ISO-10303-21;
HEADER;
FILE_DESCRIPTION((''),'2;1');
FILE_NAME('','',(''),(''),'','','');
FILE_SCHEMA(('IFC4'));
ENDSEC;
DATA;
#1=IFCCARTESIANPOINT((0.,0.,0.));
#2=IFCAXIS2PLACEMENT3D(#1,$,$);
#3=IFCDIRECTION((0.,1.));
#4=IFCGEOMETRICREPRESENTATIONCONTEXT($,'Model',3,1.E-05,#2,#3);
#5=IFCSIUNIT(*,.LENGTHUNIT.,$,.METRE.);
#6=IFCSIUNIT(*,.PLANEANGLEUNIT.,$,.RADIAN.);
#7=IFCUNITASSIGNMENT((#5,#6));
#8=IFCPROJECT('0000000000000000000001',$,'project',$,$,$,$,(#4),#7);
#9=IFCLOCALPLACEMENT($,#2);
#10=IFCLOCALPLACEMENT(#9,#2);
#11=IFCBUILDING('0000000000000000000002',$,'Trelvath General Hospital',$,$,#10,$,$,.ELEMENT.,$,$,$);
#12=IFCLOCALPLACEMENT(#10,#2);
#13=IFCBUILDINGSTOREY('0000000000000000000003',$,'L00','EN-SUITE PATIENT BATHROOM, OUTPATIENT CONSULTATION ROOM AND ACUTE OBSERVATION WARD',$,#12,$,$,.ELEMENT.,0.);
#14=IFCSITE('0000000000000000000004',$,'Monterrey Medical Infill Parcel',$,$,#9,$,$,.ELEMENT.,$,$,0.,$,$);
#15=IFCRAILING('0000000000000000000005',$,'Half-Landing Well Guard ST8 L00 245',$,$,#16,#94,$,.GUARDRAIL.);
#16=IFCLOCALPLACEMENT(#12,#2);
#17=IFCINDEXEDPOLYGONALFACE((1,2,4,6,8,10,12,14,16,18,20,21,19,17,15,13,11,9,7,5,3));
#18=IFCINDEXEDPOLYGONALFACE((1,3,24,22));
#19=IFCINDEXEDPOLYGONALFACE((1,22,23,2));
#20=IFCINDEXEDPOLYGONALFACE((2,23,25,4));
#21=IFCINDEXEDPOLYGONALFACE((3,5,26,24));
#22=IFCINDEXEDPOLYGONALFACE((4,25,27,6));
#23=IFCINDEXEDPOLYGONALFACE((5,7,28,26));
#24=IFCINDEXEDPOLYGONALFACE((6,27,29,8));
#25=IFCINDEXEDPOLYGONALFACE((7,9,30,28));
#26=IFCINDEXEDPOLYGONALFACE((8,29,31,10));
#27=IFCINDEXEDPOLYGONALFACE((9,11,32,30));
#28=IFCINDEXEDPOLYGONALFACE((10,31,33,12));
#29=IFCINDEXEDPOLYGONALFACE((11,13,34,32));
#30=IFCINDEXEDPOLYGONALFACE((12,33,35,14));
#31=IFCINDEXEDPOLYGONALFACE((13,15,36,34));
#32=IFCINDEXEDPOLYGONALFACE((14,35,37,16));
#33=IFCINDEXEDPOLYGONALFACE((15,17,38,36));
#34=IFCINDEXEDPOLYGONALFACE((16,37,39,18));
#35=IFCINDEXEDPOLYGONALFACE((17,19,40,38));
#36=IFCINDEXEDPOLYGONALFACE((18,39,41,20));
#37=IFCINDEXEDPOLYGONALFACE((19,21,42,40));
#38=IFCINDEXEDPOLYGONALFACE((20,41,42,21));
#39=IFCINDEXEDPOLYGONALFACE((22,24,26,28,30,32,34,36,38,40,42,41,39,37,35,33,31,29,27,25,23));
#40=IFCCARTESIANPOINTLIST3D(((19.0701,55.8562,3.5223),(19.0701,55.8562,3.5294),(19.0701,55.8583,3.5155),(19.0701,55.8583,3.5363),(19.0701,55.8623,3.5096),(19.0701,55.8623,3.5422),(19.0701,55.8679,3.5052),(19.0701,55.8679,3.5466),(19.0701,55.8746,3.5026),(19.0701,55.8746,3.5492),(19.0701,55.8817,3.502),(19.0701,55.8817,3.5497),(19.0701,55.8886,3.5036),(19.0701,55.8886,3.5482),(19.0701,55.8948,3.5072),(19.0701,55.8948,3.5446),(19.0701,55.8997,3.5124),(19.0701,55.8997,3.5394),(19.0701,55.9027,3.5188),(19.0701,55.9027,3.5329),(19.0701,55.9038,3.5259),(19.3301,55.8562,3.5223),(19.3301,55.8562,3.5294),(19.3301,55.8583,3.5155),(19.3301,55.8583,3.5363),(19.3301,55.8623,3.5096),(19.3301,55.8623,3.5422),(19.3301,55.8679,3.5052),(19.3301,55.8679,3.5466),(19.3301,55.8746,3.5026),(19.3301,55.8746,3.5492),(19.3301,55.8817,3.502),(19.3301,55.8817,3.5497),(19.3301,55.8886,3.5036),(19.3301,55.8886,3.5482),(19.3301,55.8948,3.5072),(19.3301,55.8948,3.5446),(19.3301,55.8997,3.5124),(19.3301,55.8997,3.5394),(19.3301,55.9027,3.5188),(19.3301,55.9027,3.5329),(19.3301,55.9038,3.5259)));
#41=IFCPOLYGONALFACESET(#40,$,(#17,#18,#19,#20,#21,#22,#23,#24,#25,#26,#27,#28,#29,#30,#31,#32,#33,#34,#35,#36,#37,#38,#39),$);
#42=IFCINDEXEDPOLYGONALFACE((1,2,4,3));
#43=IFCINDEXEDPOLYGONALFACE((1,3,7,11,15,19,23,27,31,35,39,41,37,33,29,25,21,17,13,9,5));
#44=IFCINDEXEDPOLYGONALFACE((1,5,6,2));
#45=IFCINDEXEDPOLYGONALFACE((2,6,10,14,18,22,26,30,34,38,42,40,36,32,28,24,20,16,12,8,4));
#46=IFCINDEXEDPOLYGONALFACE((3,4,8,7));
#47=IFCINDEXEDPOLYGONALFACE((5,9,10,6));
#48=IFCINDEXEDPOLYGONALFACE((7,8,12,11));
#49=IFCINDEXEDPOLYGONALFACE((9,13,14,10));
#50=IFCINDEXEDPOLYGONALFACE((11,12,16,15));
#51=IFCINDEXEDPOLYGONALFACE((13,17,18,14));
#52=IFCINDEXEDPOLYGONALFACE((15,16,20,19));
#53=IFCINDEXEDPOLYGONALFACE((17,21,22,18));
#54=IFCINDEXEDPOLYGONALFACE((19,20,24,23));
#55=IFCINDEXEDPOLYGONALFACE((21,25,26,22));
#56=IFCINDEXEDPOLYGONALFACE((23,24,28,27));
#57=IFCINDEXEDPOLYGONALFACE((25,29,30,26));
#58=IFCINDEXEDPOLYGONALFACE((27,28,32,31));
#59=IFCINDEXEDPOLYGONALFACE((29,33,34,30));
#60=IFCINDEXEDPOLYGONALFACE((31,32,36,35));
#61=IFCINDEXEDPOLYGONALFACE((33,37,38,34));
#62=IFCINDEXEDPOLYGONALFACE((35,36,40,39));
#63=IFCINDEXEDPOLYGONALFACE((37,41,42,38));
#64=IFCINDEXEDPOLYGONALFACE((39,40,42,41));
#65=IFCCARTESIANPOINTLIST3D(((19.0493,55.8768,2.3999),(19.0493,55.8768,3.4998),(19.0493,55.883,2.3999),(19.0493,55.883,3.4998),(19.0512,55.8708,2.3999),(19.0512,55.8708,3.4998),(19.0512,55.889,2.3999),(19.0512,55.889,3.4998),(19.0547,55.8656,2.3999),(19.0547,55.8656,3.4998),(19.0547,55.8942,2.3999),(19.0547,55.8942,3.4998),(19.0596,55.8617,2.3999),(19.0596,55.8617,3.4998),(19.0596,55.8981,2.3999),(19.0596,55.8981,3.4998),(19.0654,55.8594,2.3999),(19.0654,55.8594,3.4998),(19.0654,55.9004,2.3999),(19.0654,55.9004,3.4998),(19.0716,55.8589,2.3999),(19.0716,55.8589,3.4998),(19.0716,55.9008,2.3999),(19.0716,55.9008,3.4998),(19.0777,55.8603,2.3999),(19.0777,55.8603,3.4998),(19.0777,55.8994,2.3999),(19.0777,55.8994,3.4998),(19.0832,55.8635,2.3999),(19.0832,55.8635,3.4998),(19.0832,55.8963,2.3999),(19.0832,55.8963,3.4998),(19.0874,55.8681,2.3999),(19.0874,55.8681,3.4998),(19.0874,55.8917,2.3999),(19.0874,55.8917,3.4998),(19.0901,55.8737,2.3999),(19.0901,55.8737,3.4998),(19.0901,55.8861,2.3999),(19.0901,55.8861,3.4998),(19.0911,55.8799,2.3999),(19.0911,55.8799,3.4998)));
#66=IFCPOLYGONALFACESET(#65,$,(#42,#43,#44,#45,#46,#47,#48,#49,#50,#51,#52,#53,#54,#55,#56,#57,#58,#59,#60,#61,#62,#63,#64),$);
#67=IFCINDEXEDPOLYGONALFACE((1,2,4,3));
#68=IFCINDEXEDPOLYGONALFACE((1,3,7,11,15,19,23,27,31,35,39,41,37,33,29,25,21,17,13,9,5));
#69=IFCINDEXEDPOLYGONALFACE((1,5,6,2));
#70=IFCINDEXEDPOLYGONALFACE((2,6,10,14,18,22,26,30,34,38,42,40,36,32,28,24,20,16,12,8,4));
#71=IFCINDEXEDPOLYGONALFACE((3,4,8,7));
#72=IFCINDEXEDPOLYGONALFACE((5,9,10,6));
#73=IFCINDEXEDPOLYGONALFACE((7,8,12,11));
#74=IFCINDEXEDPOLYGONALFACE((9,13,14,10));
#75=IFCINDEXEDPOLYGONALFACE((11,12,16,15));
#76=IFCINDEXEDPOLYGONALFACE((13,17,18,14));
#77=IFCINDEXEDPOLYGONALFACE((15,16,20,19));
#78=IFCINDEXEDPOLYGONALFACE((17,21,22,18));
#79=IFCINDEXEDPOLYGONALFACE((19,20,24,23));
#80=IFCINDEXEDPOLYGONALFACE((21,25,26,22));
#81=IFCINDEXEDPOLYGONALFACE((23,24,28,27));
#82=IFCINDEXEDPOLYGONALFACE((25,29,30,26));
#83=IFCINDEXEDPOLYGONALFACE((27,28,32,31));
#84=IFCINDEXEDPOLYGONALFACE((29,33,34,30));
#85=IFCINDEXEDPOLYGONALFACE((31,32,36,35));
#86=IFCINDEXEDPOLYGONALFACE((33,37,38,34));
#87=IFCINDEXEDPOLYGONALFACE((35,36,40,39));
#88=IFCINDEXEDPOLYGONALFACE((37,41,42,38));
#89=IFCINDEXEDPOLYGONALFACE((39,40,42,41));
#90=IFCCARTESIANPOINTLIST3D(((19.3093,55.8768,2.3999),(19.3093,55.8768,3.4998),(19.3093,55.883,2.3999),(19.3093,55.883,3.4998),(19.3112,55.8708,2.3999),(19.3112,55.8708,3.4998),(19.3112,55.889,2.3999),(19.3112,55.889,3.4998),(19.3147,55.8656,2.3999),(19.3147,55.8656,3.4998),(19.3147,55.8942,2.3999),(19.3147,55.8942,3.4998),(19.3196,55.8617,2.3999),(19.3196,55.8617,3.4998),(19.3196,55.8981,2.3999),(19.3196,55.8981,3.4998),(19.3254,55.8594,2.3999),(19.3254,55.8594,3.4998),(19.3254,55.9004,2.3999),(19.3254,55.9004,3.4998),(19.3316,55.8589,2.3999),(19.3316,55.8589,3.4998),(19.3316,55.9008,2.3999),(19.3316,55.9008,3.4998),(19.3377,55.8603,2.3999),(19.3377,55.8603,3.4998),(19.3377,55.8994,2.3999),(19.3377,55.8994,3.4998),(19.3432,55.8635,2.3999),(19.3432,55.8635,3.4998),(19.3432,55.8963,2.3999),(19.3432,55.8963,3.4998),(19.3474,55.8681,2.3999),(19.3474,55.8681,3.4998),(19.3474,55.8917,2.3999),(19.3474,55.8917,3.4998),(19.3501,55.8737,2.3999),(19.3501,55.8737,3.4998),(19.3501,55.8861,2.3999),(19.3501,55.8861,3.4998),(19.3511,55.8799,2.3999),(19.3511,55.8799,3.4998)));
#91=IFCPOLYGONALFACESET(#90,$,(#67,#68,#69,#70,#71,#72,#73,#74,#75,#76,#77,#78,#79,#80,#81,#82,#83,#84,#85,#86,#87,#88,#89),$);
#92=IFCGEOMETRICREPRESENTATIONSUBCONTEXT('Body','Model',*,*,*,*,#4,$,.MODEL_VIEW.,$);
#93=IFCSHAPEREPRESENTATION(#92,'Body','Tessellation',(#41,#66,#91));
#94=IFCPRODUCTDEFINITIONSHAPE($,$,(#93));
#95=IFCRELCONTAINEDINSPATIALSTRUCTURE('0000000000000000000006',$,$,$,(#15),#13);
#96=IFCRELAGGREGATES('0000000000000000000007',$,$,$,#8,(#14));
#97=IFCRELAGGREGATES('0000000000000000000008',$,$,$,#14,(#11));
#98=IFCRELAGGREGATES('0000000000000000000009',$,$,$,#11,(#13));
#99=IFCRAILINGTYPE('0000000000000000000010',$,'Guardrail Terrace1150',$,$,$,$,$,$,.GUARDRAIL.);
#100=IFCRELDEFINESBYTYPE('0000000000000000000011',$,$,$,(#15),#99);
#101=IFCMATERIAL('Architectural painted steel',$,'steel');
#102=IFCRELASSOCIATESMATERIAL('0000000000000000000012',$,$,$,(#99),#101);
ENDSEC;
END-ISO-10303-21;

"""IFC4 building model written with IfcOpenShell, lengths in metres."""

from ifc_helpers import new_model, si_unit, direction, frame, origin, origin_2d, place, context, subcontext, project, spatial, circle, extrude, material, type_object, element, save


model = new_model("IFC4")

# Units and contexts
model_context = context("Model", 3, precision=1e-05, world=origin(), true_north=direction((0.0, 1.0)))
body_context = subcontext(model_context, "Body", "Model", "MODEL_VIEW")
ifc_project = project(units=[si_unit("LENGTHUNIT", "METRE"), si_unit("PLANEANGLEUNIT", "RADIAN")], contexts=[model_context])

# Site, building, storey
site_placement = place(None, origin())
site = spatial("IfcSite", under=ifc_project, at=site_placement, Name="Monterrey Medical Infill Parcel", CompositionType="ELEMENT", RefElevation=0.0)
building_placement = place(site_placement, origin())
building = spatial("IfcBuilding", under=site, at=building_placement, Name="Trelvath General Hospital", CompositionType="ELEMENT")
storey_placement = place(building_placement, origin())
storey = spatial("IfcBuildingStorey", under=building, at=storey_placement, Name="L00", Description="EN-SUITE PATIENT BATHROOM, OUTPATIENT CONSULTATION ROOM AND ACUTE OBSERVATION WARD", CompositionType="ELEMENT", Elevation=0.0)

# Railing
ifc_material_1 = material(Name="Architectural painted steel", Category="steel")
railing_type_1 = type_object("IfcRailingType", Name="Guardrail Terrace1150", PredefinedType="GUARDRAIL", material=ifc_material_1)
railing_1_placement = place(storey_placement, frame((19.0701, 55.8799, 2.3999)))
element("IfcRailing", 1, at=railing_1_placement, inside=storey, type_object=railing_type_1, Name="Half-Landing Well Guard ST8 L00 245", PredefinedType="GUARDRAIL", context=body_context, shape_type="SweptSolid", body=[
    extrude(circle(Radius=0.0239, at=origin_2d()), frame((0.0, 0.0, 1.126), z_axis=(1.0, 0.0, 0.0), x_axis=(0.0, 1.0, 0.0)), (0.0, 0.0, 1.0), 0.26),
    extrude(circle(Radius=0.021, at=origin_2d()), origin(), (0.0, 0.0, 1.0), 1.0999),
    extrude(circle(Radius=0.021, at=origin_2d()), frame((0.26, 0.0, 0.0)), (0.0, 0.0, 1.0), 1.0999),
])

save(model, "model.ifc")
